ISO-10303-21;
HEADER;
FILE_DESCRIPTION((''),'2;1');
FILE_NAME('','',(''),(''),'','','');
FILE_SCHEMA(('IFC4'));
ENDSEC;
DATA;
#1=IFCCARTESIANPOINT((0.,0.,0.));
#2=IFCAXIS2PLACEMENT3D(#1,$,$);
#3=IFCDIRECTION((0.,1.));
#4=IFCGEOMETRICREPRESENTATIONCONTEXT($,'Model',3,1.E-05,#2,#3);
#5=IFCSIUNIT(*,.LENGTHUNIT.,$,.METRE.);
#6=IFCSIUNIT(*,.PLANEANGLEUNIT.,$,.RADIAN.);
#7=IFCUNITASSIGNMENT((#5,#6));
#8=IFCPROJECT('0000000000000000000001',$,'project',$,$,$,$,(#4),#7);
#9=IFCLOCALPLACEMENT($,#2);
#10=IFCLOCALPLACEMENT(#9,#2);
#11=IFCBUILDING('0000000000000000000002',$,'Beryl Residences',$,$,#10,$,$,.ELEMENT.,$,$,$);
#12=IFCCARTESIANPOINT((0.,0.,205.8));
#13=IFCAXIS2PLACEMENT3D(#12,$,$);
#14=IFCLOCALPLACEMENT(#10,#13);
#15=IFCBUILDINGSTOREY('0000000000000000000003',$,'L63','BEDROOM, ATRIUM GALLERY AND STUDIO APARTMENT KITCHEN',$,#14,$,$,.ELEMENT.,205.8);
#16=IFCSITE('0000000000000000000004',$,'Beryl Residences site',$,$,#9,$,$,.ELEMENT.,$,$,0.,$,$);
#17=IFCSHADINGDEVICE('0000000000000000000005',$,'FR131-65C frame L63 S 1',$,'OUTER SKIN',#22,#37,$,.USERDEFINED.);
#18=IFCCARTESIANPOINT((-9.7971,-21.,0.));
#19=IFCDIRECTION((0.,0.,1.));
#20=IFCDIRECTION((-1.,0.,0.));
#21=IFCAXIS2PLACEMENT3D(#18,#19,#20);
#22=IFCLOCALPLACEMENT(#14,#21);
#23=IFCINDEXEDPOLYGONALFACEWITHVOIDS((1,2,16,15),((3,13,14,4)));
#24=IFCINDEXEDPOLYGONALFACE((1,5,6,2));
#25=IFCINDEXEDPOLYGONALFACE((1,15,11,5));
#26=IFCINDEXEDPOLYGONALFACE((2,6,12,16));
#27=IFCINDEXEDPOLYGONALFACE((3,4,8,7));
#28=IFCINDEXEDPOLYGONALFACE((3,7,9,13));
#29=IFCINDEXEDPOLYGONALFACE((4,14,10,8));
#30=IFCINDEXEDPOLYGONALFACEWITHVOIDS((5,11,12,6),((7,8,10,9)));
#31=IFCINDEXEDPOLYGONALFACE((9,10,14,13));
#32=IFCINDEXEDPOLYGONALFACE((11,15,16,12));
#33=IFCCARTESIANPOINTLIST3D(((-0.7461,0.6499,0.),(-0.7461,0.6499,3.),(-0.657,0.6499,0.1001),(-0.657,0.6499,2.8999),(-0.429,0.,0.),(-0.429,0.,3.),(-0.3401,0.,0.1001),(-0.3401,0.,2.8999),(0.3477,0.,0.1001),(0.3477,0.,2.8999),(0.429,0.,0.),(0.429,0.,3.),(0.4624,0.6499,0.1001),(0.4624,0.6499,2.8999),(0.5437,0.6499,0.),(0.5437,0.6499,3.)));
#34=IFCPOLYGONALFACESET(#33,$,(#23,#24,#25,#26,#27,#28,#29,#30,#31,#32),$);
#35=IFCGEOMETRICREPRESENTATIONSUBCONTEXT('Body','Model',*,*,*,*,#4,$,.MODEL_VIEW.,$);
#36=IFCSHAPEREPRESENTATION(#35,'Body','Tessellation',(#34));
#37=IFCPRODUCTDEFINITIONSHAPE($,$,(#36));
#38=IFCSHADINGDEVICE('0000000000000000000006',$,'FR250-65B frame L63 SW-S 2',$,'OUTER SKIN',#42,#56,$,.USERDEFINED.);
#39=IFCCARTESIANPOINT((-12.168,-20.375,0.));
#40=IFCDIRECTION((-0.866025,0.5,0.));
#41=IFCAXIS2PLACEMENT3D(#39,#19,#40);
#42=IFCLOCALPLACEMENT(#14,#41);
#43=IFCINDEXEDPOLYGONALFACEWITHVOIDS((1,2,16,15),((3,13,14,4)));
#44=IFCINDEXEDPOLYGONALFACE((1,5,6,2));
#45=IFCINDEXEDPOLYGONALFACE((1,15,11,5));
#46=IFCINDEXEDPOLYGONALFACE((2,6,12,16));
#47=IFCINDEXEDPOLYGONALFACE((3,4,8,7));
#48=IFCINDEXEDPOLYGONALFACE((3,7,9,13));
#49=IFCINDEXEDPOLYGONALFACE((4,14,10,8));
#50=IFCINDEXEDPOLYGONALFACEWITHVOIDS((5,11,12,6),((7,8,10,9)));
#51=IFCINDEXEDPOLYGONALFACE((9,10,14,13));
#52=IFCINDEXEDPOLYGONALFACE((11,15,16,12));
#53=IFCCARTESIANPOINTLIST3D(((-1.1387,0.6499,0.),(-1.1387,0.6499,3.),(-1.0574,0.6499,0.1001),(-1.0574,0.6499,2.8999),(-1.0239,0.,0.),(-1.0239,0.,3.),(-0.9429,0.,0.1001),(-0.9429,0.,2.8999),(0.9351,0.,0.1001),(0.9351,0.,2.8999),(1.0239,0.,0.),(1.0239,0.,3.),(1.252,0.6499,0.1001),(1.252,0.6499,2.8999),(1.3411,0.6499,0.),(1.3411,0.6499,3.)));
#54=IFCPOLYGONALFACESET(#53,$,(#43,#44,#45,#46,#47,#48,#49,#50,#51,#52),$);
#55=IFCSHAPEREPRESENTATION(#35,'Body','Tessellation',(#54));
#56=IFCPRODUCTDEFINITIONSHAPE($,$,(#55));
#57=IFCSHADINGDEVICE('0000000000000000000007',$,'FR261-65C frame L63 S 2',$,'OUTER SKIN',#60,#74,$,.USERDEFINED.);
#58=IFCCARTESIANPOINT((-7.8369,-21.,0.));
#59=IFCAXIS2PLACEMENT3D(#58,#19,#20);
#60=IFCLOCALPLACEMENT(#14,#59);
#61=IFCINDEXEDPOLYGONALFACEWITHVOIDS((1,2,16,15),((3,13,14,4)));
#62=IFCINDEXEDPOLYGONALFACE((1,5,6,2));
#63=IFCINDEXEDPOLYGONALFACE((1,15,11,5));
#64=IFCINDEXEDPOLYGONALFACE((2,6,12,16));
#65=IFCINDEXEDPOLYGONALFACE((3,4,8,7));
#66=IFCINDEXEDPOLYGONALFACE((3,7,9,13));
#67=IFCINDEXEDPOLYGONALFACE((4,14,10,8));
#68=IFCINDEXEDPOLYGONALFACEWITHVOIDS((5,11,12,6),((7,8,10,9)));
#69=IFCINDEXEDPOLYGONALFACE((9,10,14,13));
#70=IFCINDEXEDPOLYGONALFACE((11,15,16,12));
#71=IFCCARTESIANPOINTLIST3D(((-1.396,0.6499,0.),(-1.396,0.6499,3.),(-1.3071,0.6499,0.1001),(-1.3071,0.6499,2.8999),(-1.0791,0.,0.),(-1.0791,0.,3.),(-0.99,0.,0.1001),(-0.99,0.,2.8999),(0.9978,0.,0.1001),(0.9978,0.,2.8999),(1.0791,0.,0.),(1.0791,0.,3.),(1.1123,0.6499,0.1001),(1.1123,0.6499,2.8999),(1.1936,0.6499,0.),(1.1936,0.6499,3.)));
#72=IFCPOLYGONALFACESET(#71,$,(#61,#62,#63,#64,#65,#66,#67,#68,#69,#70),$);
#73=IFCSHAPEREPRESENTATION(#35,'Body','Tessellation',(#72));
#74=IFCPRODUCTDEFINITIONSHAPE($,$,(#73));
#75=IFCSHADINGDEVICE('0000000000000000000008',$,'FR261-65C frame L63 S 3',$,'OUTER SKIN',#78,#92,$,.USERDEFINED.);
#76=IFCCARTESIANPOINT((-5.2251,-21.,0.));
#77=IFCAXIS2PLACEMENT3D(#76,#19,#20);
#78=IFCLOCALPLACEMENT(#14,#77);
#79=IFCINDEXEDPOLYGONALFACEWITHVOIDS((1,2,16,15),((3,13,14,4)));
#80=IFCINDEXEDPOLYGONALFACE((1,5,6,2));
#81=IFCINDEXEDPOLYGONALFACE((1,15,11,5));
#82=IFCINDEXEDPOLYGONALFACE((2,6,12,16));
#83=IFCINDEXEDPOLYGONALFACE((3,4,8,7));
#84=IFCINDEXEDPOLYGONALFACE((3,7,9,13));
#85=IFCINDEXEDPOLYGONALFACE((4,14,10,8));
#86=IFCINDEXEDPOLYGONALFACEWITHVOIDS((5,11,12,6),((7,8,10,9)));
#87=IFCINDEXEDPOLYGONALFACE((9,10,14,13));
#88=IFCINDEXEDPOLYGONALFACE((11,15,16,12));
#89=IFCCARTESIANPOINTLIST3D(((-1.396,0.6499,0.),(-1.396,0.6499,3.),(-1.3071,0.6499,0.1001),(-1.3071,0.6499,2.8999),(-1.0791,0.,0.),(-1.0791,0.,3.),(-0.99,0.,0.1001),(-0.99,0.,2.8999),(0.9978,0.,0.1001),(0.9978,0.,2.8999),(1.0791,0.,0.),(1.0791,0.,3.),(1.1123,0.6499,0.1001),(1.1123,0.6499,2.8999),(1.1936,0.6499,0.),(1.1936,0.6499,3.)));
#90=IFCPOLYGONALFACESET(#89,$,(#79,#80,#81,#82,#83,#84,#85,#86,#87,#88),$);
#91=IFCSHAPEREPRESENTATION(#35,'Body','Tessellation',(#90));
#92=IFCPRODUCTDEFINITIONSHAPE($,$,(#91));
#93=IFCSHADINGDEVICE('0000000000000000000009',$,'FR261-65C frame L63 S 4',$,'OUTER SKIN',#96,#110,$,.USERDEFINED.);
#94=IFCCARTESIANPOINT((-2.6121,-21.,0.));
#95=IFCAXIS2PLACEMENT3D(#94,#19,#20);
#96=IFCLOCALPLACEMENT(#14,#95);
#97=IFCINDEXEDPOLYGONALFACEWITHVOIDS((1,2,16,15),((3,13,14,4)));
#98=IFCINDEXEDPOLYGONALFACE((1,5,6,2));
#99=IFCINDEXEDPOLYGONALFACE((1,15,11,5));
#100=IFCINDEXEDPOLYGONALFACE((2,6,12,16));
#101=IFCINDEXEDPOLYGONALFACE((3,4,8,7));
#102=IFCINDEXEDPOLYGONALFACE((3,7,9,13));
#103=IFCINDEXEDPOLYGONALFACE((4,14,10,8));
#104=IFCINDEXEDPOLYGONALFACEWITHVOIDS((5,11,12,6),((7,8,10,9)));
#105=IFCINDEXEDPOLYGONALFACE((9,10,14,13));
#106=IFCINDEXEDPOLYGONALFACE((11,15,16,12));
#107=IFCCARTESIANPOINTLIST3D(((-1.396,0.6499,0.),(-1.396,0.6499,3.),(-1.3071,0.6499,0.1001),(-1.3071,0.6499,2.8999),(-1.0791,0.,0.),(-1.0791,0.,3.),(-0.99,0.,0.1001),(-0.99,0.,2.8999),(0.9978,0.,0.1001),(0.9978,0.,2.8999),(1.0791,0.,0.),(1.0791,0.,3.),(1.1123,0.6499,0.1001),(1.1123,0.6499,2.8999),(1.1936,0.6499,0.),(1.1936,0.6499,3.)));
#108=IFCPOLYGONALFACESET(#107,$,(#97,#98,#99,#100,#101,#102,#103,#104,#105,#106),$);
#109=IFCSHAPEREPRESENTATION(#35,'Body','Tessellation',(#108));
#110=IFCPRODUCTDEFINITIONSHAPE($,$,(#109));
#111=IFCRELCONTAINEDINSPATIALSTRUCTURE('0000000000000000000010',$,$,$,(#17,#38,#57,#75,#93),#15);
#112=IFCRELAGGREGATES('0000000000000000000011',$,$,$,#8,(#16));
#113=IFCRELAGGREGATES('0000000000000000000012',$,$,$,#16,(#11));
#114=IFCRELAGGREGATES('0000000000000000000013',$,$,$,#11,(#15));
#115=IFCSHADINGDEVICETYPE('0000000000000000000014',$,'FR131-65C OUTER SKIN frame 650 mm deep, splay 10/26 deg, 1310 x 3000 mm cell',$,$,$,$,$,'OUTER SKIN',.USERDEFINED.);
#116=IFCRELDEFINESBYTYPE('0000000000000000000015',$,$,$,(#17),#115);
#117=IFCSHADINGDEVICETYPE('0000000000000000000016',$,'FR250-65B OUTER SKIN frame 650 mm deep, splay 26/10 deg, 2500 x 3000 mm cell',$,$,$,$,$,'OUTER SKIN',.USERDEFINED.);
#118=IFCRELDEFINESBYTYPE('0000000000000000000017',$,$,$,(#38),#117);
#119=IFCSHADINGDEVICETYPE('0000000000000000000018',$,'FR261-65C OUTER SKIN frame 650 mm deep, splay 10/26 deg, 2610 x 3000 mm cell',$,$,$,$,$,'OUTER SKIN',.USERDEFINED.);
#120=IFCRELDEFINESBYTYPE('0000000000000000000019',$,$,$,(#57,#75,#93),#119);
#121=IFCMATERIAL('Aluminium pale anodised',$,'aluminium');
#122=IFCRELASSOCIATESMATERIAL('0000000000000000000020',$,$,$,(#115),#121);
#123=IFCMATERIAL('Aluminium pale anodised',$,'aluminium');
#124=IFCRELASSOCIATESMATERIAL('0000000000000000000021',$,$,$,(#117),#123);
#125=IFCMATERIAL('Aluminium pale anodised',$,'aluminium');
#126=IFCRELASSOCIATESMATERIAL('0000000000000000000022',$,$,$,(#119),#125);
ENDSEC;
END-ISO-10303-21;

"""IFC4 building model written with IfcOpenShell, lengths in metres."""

from ifc_helpers import new_model, entity, si_unit, direction, frame, origin, place, context, subcontext, project, spatial, source, transform, mapped, material, type_object, type_shapes, element, save


model = new_model("IFC4")

# Units and contexts
model_context = context("Model", 3, precision=1e-05, world=origin(), true_north=direction((0.0, 1.0)))
body_context = subcontext(model_context, "Body", "Model", "MODEL_VIEW")
ifc_project = project(units=[si_unit("LENGTHUNIT", "METRE"), si_unit("PLANEANGLEUNIT", "RADIAN")], contexts=[model_context])

# Site, building, storey
site_placement = place(None, origin())
site = spatial("IfcSite", under=ifc_project, at=site_placement, Name="Beryl Residences site", CompositionType="ELEMENT", RefElevation=0.0)
building_placement = place(site_placement, origin())
building = spatial("IfcBuilding", under=site, at=building_placement, Name="Beryl Residences", CompositionType="ELEMENT")
storey_placement = place(building_placement, frame((0.0, 0.0, 205.8)))
storey = spatial("IfcBuildingStorey", under=building, at=storey_placement, Name="L63", Description="BEDROOM, ATRIUM GALLERY AND STUDIO APARTMENT KITCHEN", CompositionType="ELEMENT", Elevation=205.8)

# Shading devices
ifc_material_1 = material(Name="Aluminium pale anodised", Category="aluminium")
shading_device_type_1 = type_object("IfcShadingDeviceType", Name="FR131-65C OUTER SKIN frame 650 mm deep, splay 10/26 deg, 1310 x 3000 mm cell", ElementType="OUTER SKIN", PredefinedType="USERDEFINED", material=ifc_material_1)
cartesian_point_1 = entity("IfcCartesianPoint", [-0.429, 0.0])
cartesian_point_2 = entity("IfcCartesianPoint", [-0.3477, 0.1001])
cartesian_point_3 = entity("IfcCartesianPoint", [-0.5437, 0.0])
cartesian_point_4 = entity("IfcCartesianPoint", [-0.4624, 0.1001])
shared_shape_1 = source(origin(), body_context, "Body", "SweptSolid", [
    entity("IfcExtrudedAreaSolidTapered", entity("IfcArbitraryProfileDefWithVoids", "AREA", None, entity("IfcPolyline", [cartesian_point_1, entity("IfcCartesianPoint", [0.429, 0.0]), entity("IfcCartesianPoint", [0.429, 3.0]), entity("IfcCartesianPoint", [-0.429, 3.0]), cartesian_point_1]), [entity("IfcPolyline", [cartesian_point_2, entity("IfcCartesianPoint", [0.3401, 0.1001]), entity("IfcCartesianPoint", [0.3401, 2.8999]), entity("IfcCartesianPoint", [-0.3477, 2.8999]), cartesian_point_2])]), entity("IfcAxis2Placement3D", entity("IfcCartesianPoint", [0.0, 0.0, 0.0]), entity("IfcDirection", [0.0, 1.0, 0.0]), entity("IfcDirection", [-1.0, 0.0, 0.0])), entity("IfcDirection", [0.0, 0.0, 1.0]), 0.6499, entity("IfcArbitraryProfileDefWithVoids", "AREA", None, entity("IfcPolyline", [cartesian_point_3, entity("IfcCartesianPoint", [0.7461, 0.0]), entity("IfcCartesianPoint", [0.7461, 3.0]), entity("IfcCartesianPoint", [-0.5437, 3.0]), cartesian_point_3]), [entity("IfcPolyline", [cartesian_point_4, entity("IfcCartesianPoint", [0.657, 0.1001]), entity("IfcCartesianPoint", [0.657, 2.8999]), entity("IfcCartesianPoint", [-0.4624, 2.8999]), cartesian_point_4])])),
])
type_shapes(shading_device_type_1, [shared_shape_1])
shading_device_1_placement = place(storey_placement, frame((-9.7971, -21.0, 0.0), z_axis=(0.0, 0.0, 1.0), x_axis=(-1.0, 0.0, 0.0)))
element("IfcShadingDevice", 1, at=shading_device_1_placement, inside=storey, type_object=shading_device_type_1, Name="FR131-65C frame L63 S 1", ObjectType="OUTER SKIN", PredefinedType="USERDEFINED", context=body_context, shape_type="MappedRepresentation", body=[
    mapped(shared_shape_1, transform((0.0, 0.0, 0.0))),
])
ifc_material_2 = material(Name="Aluminium pale anodised", Category="aluminium")
shading_device_type_2 = type_object("IfcShadingDeviceType", Name="FR250-65B OUTER SKIN frame 650 mm deep, splay 26/10 deg, 2500 x 3000 mm cell", ElementType="OUTER SKIN", PredefinedType="USERDEFINED", material=ifc_material_2)
cartesian_point_5 = entity("IfcCartesianPoint", [-1.0239, 0.0])
cartesian_point_6 = entity("IfcCartesianPoint", [-0.9351, 0.1001])
cartesian_point_7 = entity("IfcCartesianPoint", [-1.3411, 0.0])
cartesian_point_8 = entity("IfcCartesianPoint", [-1.252, 0.1001])
shared_shape_2 = source(origin(), body_context, "Body", "SweptSolid", [
    entity("IfcExtrudedAreaSolidTapered", entity("IfcArbitraryProfileDefWithVoids", "AREA", None, entity("IfcPolyline", [cartesian_point_5, entity("IfcCartesianPoint", [1.0239, 0.0]), entity("IfcCartesianPoint", [1.0239, 3.0]), entity("IfcCartesianPoint", [-1.0239, 3.0]), cartesian_point_5]), [entity("IfcPolyline", [cartesian_point_6, entity("IfcCartesianPoint", [0.9429, 0.1001]), entity("IfcCartesianPoint", [0.9429, 2.8999]), entity("IfcCartesianPoint", [-0.9351, 2.8999]), cartesian_point_6])]), entity("IfcAxis2Placement3D", entity("IfcCartesianPoint", [0.0, 0.0, 0.0]), entity("IfcDirection", [0.0, 1.0, 0.0]), entity("IfcDirection", [-1.0, 0.0, 0.0])), entity("IfcDirection", [0.0, 0.0, 1.0]), 0.6499, entity("IfcArbitraryProfileDefWithVoids", "AREA", None, entity("IfcPolyline", [cartesian_point_7, entity("IfcCartesianPoint", [1.1387, 0.0]), entity("IfcCartesianPoint", [1.1387, 3.0]), entity("IfcCartesianPoint", [-1.3411, 3.0]), cartesian_point_7]), [entity("IfcPolyline", [cartesian_point_8, entity("IfcCartesianPoint", [1.0574, 0.1001]), entity("IfcCartesianPoint", [1.0574, 2.8999]), entity("IfcCartesianPoint", [-1.252, 2.8999]), cartesian_point_8])])),
])
type_shapes(shading_device_type_2, [shared_shape_2])
shading_device_2_placement = place(storey_placement, frame((-12.168, -20.375, 0.0), z_axis=(0.0, 0.0, 1.0), x_axis=(-0.866025, 0.5, 0.0)))
element("IfcShadingDevice", 2, at=shading_device_2_placement, inside=storey, type_object=shading_device_type_2, Name="FR250-65B frame L63 SW-S 2", ObjectType="OUTER SKIN", PredefinedType="USERDEFINED", context=body_context, shape_type="MappedRepresentation", body=[
    mapped(shared_shape_2, transform((0.0, 0.0, 0.0))),
])
ifc_material_3 = material(Name="Aluminium pale anodised", Category="aluminium")
shading_device_type_3 = type_object("IfcShadingDeviceType", Name="FR261-65C OUTER SKIN frame 650 mm deep, splay 10/26 deg, 2610 x 3000 mm cell", ElementType="OUTER SKIN", PredefinedType="USERDEFINED", material=ifc_material_3)
cartesian_point_9 = entity("IfcCartesianPoint", [-1.0791, 0.0])
cartesian_point_10 = entity("IfcCartesianPoint", [-0.9978, 0.1001])
cartesian_point_11 = entity("IfcCartesianPoint", [-1.1936, 0.0])
cartesian_point_12 = entity("IfcCartesianPoint", [-1.1123, 0.1001])
shared_shape_3 = source(origin(), body_context, "Body", "SweptSolid", [
    entity("IfcExtrudedAreaSolidTapered", entity("IfcArbitraryProfileDefWithVoids", "AREA", None, entity("IfcPolyline", [cartesian_point_9, entity("IfcCartesianPoint", [1.0791, 0.0]), entity("IfcCartesianPoint", [1.0791, 3.0]), entity("IfcCartesianPoint", [-1.0791, 3.0]), cartesian_point_9]), [entity("IfcPolyline", [cartesian_point_10, entity("IfcCartesianPoint", [0.99, 0.1001]), entity("IfcCartesianPoint", [0.99, 2.8999]), entity("IfcCartesianPoint", [-0.9978, 2.8999]), cartesian_point_10])]), entity("IfcAxis2Placement3D", entity("IfcCartesianPoint", [0.0, 0.0, 0.0]), entity("IfcDirection", [0.0, 1.0, 0.0]), entity("IfcDirection", [-1.0, 0.0, 0.0])), entity("IfcDirection", [0.0, 0.0, 1.0]), 0.6499, entity("IfcArbitraryProfileDefWithVoids", "AREA", None, entity("IfcPolyline", [cartesian_point_11, entity("IfcCartesianPoint", [1.396, 0.0]), entity("IfcCartesianPoint", [1.396, 3.0]), entity("IfcCartesianPoint", [-1.1936, 3.0]), cartesian_point_11]), [entity("IfcPolyline", [cartesian_point_12, entity("IfcCartesianPoint", [1.3071, 0.1001]), entity("IfcCartesianPoint", [1.3071, 2.8999]), entity("IfcCartesianPoint", [-1.1123, 2.8999]), cartesian_point_12])])),
])
type_shapes(shading_device_type_3, [shared_shape_3])
for number, where, z_axis, x_axis, name in (
    (3, (-7.8369, -21.0, 0.0), (0.0, 0.0, 1.0), (-1.0, 0.0, 0.0), "FR261-65C frame L63 S 2"),
    (4, (-5.2251, -21.0, 0.0), (0.0, 0.0, 1.0), (-1.0, 0.0, 0.0), "FR261-65C frame L63 S 3"),
    (5, (-2.6121, -21.0, 0.0), (0.0, 0.0, 1.0), (-1.0, 0.0, 0.0), "FR261-65C frame L63 S 4"),
):
    element("IfcShadingDevice", number, at=place(storey_placement, frame(where, z_axis=z_axis, x_axis=x_axis)), inside=storey, type_object=shading_device_type_3, Name=name, ObjectType="OUTER SKIN", PredefinedType="USERDEFINED", context=body_context, shape_type="MappedRepresentation", body=[
        mapped(shared_shape_3, transform((0.0, 0.0, 0.0))),
    ])

save(model, "model.ifc")
